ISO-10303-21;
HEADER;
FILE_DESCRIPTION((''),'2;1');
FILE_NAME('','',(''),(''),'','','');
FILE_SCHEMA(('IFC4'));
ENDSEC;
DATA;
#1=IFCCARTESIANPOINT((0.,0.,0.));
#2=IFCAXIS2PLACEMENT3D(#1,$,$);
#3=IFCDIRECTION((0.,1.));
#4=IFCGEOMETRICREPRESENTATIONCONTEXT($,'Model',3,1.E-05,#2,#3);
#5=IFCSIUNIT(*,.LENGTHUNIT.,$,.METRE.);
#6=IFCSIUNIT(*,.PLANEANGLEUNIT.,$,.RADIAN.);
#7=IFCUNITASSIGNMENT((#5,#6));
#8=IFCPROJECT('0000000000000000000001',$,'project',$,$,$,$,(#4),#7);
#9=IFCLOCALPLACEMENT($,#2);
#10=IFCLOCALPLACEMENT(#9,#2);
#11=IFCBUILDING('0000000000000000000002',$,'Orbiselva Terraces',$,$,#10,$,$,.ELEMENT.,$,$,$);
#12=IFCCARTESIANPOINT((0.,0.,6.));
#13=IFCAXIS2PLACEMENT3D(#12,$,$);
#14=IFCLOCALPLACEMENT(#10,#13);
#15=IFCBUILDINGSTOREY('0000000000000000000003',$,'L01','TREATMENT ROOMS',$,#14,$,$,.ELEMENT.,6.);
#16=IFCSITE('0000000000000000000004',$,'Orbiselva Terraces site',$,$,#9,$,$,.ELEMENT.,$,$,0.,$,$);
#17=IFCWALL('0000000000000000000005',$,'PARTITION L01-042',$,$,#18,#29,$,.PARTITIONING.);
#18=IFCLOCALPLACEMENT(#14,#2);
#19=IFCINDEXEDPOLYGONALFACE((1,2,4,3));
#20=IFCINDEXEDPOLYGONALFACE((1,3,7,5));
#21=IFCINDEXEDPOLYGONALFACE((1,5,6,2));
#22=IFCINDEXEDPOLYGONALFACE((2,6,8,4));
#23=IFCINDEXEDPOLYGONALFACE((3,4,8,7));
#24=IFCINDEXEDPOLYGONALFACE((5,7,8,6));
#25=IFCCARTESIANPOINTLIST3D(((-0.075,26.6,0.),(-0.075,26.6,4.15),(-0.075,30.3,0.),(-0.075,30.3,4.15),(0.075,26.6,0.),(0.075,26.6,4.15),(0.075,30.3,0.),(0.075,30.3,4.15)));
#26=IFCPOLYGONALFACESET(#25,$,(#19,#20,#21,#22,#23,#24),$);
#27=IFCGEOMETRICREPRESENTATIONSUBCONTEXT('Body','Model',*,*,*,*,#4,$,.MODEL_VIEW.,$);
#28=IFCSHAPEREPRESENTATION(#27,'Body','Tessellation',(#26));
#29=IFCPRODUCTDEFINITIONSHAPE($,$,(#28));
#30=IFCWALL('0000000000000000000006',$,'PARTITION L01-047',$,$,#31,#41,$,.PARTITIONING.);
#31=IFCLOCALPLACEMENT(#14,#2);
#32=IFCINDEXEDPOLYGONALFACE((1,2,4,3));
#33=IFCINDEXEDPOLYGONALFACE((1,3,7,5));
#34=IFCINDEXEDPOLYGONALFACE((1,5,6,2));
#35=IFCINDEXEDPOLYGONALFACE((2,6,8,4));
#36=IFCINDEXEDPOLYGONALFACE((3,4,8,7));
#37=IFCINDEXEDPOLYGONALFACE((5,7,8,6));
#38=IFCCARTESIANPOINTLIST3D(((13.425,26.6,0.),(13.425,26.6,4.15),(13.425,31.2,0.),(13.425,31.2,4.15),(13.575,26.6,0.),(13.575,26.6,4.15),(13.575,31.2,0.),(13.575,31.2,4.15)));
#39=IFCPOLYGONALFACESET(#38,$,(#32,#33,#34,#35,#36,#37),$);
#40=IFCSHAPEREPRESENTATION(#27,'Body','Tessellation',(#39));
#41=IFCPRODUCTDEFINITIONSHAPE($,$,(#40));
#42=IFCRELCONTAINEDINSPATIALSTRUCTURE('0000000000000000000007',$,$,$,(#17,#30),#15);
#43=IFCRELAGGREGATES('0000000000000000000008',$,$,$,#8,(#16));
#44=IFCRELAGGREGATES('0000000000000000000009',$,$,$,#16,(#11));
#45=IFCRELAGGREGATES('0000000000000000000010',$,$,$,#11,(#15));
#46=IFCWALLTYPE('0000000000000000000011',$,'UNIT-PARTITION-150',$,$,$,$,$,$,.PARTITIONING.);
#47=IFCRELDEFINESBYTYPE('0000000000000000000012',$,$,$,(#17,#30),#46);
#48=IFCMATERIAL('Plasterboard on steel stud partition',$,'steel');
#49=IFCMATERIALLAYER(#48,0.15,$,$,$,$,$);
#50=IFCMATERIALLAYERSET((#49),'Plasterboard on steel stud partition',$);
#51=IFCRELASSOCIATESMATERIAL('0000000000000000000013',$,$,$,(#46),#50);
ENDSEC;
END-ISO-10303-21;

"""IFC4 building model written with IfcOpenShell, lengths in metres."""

from ifc_helpers import new_model, si_unit, direction, frame, frame_2d, origin, place, context, subcontext, project, spatial, rectangle, extrude, material, layer, layer_set, type_object, element, save


model = new_model("IFC4")

# Units and contexts
model_context = context("Model", 3, precision=1e-05, world=origin(), true_north=direction((0.0, 1.0)))
body_context = subcontext(model_context, "Body", "Model", "MODEL_VIEW")
ifc_project = project(units=[si_unit("LENGTHUNIT", "METRE"), si_unit("PLANEANGLEUNIT", "RADIAN")], contexts=[model_context])

# Site, building, storey
site_placement = place(None, origin())
site = spatial("IfcSite", under=ifc_project, at=site_placement, Name="Orbiselva Terraces site", CompositionType="ELEMENT", RefElevation=0.0)
building_placement = place(site_placement, origin())
building = spatial("IfcBuilding", under=site, at=building_placement, Name="Orbiselva Terraces", CompositionType="ELEMENT")
storey_placement = place(building_placement, frame((0.0, 0.0, 6.0)))
storey = spatial("IfcBuildingStorey", under=building, at=storey_placement, Name="L01", Description="TREATMENT ROOMS", CompositionType="ELEMENT", Elevation=6.0)

# Walls
ifc_material_1 = material(Name="Plasterboard on steel stud partition", Category="steel")
ifc_layer_1 = layer(ifc_material_1, 0.15)
ifc_layer_set_1 = layer_set([ifc_layer_1], Name="Plasterboard on steel stud partition")
wall_type_1 = type_object("IfcWallType", Name="UNIT-PARTITION-150", PredefinedType="PARTITIONING", material=ifc_layer_set_1)
wall_1_placement = place(storey_placement, frame((0.0, 26.6, 0.0), z_axis=(0.0, 0.0, 1.0), x_axis=(0.0, 1.0, 0.0)))
element("IfcWall", 1, at=wall_1_placement, inside=storey, type_object=wall_type_1, Name="PARTITION L01-042", PredefinedType="PARTITIONING", context=body_context, shape_type="SweptSolid", body=[
    extrude(rectangle(XDim=3.7, YDim=0.15, at=frame_2d((1.85, 0.0))), origin(), (0.0, 0.0, 1.0), 4.15),
])
wall_2_placement = place(storey_placement, frame((13.5, 26.6, 0.0), z_axis=(0.0, 0.0, 1.0), x_axis=(0.0, 1.0, 0.0)))
element("IfcWall", 2, at=wall_2_placement, inside=storey, type_object=wall_type_1, Name="PARTITION L01-047", PredefinedType="PARTITIONING", context=body_context, shape_type="SweptSolid", body=[
    extrude(rectangle(XDim=4.6, YDim=0.15, at=frame_2d((2.3, 0.0))), origin(), (0.0, 0.0, 1.0), 4.15),
])

save(model, "model.ifc")
